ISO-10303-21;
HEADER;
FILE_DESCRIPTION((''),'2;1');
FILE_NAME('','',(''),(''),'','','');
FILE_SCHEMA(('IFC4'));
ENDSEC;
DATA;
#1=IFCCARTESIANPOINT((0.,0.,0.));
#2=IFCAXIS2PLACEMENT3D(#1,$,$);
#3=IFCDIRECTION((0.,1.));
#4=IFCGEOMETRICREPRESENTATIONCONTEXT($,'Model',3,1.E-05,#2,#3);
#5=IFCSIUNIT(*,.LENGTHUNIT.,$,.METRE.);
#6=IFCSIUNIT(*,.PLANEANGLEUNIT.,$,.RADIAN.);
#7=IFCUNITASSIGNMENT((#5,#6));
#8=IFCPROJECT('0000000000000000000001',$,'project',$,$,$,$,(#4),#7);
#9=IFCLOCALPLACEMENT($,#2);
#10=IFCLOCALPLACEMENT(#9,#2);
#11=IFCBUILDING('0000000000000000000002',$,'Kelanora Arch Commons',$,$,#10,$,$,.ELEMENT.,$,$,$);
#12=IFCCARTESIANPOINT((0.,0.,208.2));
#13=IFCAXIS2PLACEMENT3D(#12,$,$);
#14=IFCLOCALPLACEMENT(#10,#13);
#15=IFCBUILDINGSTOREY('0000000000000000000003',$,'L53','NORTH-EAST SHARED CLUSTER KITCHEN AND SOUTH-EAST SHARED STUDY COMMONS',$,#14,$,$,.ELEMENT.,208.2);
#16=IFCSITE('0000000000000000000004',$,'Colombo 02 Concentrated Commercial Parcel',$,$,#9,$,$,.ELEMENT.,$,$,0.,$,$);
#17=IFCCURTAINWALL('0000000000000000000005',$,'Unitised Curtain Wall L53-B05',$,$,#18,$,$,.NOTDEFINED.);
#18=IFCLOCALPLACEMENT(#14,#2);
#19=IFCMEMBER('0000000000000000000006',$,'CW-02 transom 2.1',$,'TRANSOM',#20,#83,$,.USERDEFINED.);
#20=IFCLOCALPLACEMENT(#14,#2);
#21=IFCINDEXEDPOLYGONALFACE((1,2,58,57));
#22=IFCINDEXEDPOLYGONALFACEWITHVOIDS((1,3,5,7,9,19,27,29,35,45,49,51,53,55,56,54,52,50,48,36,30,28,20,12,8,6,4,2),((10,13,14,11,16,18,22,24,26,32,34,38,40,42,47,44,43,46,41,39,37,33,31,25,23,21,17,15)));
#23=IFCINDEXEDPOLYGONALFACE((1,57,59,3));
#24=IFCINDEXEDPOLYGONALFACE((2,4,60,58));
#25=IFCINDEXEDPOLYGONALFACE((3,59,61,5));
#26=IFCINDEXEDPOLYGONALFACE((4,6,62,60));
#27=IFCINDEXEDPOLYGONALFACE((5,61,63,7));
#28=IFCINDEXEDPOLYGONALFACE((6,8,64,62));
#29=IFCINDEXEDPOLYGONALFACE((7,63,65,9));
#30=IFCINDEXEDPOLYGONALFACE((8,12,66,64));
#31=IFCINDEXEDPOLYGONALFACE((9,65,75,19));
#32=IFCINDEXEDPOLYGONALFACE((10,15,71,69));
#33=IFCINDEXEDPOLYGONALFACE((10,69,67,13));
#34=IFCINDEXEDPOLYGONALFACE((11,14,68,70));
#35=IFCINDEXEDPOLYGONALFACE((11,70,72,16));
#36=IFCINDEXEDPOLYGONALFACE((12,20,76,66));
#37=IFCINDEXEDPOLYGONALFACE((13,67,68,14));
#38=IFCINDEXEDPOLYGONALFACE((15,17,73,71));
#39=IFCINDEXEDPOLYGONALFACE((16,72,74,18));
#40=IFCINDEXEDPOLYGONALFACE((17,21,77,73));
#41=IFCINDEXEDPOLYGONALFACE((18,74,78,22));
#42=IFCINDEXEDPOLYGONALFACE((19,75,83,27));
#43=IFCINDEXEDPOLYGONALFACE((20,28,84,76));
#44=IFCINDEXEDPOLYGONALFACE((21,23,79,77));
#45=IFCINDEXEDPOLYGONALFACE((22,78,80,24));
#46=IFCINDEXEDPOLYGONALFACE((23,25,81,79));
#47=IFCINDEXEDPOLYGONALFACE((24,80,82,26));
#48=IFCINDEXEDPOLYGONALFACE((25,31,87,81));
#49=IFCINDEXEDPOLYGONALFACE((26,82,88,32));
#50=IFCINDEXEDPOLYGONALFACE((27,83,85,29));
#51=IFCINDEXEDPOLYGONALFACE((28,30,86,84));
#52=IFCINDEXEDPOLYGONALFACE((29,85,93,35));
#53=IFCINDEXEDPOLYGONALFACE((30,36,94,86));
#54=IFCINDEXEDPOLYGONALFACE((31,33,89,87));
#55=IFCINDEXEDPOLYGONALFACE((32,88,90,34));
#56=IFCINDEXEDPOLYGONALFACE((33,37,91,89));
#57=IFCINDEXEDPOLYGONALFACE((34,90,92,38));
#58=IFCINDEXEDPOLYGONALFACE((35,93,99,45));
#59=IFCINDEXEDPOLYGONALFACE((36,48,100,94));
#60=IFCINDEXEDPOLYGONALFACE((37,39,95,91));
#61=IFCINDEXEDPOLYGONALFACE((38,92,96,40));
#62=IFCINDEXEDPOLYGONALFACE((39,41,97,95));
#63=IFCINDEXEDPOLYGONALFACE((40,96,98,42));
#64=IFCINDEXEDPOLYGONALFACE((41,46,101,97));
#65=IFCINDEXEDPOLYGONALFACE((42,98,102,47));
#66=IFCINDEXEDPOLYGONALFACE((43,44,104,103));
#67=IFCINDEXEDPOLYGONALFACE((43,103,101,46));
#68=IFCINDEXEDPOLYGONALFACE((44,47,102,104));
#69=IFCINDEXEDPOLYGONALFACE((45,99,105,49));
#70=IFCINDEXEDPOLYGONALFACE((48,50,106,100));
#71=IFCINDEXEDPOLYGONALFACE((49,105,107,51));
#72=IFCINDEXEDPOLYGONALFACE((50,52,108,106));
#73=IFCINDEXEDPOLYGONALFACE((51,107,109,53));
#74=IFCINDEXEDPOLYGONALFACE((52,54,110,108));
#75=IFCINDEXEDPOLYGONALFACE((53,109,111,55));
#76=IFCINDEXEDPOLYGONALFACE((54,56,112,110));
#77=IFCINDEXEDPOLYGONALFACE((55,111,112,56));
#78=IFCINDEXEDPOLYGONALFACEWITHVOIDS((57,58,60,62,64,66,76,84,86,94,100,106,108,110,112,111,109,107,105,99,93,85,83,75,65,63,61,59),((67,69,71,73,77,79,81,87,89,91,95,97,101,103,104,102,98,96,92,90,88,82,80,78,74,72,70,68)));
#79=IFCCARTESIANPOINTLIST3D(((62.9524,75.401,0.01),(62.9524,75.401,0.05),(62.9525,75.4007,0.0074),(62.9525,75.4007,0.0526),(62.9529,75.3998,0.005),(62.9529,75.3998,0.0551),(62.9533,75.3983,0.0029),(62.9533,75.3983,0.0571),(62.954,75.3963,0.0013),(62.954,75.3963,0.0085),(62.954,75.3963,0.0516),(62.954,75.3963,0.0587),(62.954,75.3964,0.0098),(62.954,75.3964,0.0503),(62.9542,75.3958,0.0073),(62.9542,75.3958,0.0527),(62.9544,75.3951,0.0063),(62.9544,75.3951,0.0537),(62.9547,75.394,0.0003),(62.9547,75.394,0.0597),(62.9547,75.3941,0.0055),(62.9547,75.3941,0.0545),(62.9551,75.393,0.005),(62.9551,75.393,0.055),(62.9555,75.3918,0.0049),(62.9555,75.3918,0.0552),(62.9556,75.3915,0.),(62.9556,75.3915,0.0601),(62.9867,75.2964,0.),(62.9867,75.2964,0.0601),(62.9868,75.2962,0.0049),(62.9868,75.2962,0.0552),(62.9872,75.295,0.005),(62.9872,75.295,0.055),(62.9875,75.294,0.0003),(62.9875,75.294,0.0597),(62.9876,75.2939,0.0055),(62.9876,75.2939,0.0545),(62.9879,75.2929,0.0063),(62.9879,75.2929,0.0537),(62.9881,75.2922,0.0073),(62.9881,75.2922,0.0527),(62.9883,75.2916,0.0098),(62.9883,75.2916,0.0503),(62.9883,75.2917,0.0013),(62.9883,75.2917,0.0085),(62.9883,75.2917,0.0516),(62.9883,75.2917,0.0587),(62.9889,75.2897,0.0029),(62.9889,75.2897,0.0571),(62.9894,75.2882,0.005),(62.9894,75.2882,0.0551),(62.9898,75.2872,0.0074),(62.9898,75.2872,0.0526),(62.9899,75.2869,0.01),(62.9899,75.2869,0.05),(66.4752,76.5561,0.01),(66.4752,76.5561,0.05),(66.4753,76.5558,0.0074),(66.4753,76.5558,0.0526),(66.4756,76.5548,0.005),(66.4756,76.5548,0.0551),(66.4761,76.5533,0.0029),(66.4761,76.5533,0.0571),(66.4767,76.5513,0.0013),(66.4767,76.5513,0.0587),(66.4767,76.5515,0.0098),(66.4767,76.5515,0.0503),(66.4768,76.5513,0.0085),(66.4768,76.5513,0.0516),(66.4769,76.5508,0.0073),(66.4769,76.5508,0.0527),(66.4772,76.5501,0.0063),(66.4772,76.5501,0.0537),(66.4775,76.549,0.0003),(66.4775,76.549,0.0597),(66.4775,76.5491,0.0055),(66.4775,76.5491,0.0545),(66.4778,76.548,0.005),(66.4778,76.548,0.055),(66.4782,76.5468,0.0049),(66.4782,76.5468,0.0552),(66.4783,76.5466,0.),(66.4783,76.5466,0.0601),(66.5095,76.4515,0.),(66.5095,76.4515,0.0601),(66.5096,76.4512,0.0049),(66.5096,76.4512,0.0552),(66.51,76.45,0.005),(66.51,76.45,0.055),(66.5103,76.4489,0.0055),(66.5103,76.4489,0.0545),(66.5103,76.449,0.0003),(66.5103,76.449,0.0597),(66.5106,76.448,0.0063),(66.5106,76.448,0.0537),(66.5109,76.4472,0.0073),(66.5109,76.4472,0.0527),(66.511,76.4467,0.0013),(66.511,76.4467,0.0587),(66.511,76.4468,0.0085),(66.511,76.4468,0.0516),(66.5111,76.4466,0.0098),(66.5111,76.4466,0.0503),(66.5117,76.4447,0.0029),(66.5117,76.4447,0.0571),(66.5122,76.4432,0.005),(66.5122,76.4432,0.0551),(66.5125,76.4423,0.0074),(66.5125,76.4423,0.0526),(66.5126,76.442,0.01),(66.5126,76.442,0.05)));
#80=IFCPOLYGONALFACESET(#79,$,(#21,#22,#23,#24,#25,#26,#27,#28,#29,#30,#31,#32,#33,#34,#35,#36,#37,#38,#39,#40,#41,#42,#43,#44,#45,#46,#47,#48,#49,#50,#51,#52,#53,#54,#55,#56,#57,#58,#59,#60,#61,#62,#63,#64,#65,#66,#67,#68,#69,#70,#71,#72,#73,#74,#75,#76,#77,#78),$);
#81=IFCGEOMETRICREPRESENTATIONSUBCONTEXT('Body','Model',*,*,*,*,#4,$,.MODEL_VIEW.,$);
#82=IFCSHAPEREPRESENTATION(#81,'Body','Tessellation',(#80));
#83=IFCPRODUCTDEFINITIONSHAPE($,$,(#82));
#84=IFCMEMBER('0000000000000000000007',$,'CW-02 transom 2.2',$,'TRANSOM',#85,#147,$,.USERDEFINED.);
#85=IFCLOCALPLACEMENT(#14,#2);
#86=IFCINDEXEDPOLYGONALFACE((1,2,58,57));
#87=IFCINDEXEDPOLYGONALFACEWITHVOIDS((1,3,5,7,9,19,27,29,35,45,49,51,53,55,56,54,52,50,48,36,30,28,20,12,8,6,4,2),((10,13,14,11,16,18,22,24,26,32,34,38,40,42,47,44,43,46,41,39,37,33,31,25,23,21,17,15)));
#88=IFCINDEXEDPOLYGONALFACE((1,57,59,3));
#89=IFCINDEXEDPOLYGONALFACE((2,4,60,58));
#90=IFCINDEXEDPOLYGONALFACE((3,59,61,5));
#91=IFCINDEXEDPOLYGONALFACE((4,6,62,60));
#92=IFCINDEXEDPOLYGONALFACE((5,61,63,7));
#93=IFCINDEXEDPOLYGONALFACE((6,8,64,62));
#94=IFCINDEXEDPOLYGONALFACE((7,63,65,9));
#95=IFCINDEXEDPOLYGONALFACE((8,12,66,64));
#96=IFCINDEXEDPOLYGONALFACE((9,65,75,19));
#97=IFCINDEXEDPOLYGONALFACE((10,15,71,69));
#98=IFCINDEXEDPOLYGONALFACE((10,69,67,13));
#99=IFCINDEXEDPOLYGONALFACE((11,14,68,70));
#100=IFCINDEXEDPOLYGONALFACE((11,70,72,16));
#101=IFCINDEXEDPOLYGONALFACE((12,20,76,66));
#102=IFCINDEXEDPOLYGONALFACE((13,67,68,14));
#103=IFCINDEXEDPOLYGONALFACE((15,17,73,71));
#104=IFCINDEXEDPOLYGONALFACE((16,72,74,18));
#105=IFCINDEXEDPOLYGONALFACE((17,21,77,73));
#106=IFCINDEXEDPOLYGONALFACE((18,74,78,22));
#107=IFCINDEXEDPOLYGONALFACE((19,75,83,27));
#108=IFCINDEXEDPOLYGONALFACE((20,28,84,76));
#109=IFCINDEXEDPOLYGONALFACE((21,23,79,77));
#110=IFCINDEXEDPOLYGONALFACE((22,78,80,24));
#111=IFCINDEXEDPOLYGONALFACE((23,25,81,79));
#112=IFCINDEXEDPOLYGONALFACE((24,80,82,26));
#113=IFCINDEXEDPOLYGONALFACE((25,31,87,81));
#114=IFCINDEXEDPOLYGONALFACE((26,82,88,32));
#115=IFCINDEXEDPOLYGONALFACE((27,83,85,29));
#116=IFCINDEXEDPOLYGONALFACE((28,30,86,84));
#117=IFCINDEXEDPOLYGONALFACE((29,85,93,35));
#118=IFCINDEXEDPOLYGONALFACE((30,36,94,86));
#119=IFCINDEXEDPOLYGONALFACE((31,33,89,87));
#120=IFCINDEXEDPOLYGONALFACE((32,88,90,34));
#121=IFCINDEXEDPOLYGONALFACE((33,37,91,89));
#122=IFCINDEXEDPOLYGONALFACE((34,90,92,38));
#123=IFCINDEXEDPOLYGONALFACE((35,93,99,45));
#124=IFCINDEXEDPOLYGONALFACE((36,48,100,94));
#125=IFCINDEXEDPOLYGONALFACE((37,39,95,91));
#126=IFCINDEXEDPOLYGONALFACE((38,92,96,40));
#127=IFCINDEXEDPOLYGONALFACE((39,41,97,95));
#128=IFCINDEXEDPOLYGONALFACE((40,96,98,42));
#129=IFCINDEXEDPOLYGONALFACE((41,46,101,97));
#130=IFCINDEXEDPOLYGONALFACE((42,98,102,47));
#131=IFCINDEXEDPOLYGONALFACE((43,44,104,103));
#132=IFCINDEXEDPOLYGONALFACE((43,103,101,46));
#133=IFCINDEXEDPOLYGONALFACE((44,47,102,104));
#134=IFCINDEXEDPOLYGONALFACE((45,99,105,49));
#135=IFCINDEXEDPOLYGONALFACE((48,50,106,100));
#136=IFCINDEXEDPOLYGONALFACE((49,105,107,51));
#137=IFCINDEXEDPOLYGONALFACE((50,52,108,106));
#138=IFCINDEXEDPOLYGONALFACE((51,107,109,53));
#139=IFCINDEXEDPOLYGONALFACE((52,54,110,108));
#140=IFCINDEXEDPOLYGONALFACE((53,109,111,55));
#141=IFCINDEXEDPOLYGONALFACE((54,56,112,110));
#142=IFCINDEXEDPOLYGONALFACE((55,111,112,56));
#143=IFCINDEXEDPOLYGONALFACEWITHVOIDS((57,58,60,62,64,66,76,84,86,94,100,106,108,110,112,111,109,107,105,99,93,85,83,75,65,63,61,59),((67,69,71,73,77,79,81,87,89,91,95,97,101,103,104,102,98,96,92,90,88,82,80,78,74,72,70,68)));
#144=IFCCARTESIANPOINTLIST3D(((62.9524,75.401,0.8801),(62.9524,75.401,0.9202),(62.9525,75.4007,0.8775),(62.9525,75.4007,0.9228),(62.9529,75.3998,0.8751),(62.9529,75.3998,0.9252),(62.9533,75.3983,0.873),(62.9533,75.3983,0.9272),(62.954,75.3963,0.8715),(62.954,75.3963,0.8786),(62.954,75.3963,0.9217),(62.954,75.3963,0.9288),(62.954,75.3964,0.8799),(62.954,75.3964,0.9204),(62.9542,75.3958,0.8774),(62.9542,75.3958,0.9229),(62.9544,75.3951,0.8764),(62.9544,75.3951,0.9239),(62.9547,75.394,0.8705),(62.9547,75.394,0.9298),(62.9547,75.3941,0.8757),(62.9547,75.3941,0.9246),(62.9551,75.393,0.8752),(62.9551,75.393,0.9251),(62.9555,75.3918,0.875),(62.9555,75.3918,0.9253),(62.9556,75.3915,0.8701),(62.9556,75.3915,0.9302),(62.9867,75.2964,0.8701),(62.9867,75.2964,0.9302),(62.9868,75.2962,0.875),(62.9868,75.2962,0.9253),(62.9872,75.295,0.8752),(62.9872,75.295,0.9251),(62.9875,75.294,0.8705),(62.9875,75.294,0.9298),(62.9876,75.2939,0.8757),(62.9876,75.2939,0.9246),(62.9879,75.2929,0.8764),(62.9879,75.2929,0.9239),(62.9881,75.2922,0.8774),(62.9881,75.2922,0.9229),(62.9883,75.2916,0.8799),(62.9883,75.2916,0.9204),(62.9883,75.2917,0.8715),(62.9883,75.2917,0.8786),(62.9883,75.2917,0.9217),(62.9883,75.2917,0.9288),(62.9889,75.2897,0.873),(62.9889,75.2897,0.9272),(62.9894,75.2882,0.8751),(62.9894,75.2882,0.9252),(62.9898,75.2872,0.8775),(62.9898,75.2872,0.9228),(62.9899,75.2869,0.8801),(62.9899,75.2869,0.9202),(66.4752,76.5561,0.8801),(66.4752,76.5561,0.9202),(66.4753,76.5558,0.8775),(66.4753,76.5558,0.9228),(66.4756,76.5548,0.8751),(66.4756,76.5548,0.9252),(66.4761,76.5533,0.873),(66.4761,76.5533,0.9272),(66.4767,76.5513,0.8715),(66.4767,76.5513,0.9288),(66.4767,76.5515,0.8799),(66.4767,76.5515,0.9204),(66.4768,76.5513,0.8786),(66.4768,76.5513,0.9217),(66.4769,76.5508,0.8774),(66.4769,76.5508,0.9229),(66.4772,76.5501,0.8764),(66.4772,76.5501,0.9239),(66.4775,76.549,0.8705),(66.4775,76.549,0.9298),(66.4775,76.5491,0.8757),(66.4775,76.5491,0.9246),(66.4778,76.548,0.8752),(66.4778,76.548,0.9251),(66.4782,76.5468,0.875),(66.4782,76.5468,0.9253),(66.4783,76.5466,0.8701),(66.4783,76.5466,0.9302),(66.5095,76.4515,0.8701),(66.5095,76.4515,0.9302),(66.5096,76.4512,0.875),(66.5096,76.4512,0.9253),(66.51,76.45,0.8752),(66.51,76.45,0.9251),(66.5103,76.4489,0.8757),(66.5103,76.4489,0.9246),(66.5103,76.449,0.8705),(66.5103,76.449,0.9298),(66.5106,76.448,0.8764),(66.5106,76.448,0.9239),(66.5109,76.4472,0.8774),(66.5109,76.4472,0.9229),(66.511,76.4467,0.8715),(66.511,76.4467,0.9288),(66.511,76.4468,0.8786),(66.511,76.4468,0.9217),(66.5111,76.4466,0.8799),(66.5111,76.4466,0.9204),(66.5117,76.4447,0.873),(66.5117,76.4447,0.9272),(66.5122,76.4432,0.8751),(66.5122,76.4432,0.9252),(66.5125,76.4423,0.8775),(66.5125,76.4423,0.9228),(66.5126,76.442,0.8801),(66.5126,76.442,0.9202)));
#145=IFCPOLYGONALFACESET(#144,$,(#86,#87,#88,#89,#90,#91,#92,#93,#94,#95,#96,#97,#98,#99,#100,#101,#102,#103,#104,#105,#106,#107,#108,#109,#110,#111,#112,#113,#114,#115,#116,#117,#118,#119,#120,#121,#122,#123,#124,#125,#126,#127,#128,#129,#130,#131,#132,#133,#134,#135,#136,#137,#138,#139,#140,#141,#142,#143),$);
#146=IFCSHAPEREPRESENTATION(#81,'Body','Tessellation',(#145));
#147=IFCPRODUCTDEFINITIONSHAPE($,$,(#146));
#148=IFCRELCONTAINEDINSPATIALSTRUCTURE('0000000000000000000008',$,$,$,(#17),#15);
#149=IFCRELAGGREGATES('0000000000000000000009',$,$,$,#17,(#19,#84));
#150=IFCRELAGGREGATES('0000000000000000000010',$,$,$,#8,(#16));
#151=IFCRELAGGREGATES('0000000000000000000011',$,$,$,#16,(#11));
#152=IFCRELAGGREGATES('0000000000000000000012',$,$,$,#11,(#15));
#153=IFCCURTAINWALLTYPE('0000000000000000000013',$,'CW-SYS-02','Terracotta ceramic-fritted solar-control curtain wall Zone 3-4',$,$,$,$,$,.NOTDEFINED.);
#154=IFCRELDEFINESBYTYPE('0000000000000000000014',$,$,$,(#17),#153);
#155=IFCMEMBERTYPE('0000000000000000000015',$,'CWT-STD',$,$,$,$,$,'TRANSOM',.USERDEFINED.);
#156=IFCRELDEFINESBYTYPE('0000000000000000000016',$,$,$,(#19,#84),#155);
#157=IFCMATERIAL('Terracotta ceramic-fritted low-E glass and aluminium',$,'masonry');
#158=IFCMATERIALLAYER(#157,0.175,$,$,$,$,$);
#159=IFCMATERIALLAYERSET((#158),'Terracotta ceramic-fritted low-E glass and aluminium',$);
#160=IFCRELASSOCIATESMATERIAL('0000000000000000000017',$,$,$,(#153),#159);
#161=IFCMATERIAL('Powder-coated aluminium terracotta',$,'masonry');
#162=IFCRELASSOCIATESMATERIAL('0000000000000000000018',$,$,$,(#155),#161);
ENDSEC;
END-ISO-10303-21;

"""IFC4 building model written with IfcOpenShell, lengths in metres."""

from ifc_helpers import new_model, si_unit, direction, frame, origin, origin_2d, place, context, subcontext, project, spatial, hollow_rectangle, extrude, material, layer, layer_set, material_profile, profile_set, type_object, element, aggregate, save


model = new_model("IFC4")

# Units and contexts
model_context = context("Model", 3, precision=1e-05, world=origin(), true_north=direction((0.0, 1.0)))
body_context = subcontext(model_context, "Body", "Model", "MODEL_VIEW")
ifc_project = project(units=[si_unit("LENGTHUNIT", "METRE"), si_unit("PLANEANGLEUNIT", "RADIAN")], contexts=[model_context])

# Site, building, storey
site_placement = place(None, origin())
site = spatial("IfcSite", under=ifc_project, at=site_placement, Name="Colombo 02 Concentrated Commercial Parcel", CompositionType="ELEMENT", RefElevation=0.0)
building_placement = place(site_placement, origin())
building = spatial("IfcBuilding", under=site, at=building_placement, Name="Kelanora Arch Commons", CompositionType="ELEMENT")
storey_placement = place(building_placement, frame((0.0, 0.0, 208.2)))
storey = spatial("IfcBuildingStorey", under=building, at=storey_placement, Name="L53", Description="NORTH-EAST SHARED CLUSTER KITCHEN AND SOUTH-EAST SHARED STUDY COMMONS", CompositionType="ELEMENT", Elevation=208.2)

# Curtain wall, members
ifc_material_1 = material(Name="Terracotta ceramic-fritted low-E glass and aluminium", Category="masonry")
ifc_layer_1 = layer(ifc_material_1, 0.175)
ifc_layer_set_1 = layer_set([ifc_layer_1], Name="Terracotta ceramic-fritted low-E glass and aluminium")
curtain_wall_type = type_object("IfcCurtainWallType", Name="CW-SYS-02", Description="Terracotta ceramic-fritted solar-control curtain wall Zone 3-4", PredefinedType="NOTDEFINED", material=ifc_layer_set_1)
curtain_wall_placement = place(storey_placement, origin())
curtain_wall = element("IfcCurtainWall", 1, at=curtain_wall_placement, inside=storey, type_object=curtain_wall_type, Name="Unitised Curtain Wall L53-B05", PredefinedType="NOTDEFINED")
ifc_material_2 = material(Name="Powder-coated aluminium terracotta", Category="masonry")
ifc_material_profile_1 = material_profile(ifc_material_2, hollow_rectangle(XDim=0.1201, YDim=0.0601, WallThickness=0.0049, InnerFilletRadius=0.0049, OuterFilletRadius=0.01, at=origin_2d()), Name="CWT120x60")
ifc_profile_set_1 = profile_set([ifc_material_profile_1], Name="Powder-coated aluminium terracotta")
member_type_1 = type_object("IfcMemberType", Name="CWT-STD", ElementType="TRANSOM", PredefinedType="USERDEFINED", material=ifc_profile_set_1)
member_1_placement = place(storey_placement, frame((66.4939, 76.499, 0.03), z_axis=(-0.950226, -0.311561, 0.0), x_axis=(0.311561, -0.950226, 0.0)))
member_1 = element("IfcMember", 2, at=member_1_placement, type_object=member_type_1, Name="CW-02 transom 2.1", ObjectType="TRANSOM", PredefinedType="USERDEFINED", context=body_context, shape_type="SweptSolid", body=[
    extrude(hollow_rectangle(XDim=0.1201, YDim=0.0601, WallThickness=0.0049, InnerFilletRadius=0.0049, OuterFilletRadius=0.01, at=origin_2d()), origin(), (0.0, 0.0, 1.0), 3.7073),
])
member_2_placement = place(storey_placement, frame((66.4939, 76.499, 0.9001), z_axis=(-0.950226, -0.311561, 0.0), x_axis=(0.311561, -0.950226, 0.0)))
member_2 = element("IfcMember", 3, at=member_2_placement, type_object=member_type_1, Name="CW-02 transom 2.2", ObjectType="TRANSOM", PredefinedType="USERDEFINED", context=body_context, shape_type="SweptSolid", body=[
    extrude(hollow_rectangle(XDim=0.1201, YDim=0.0601, WallThickness=0.0049, InnerFilletRadius=0.0049, OuterFilletRadius=0.01, at=origin_2d()), origin(), (0.0, 0.0, 1.0), 3.7073),
])
aggregate(curtain_wall, [member_1, member_2])

save(model, "model.ifc")
